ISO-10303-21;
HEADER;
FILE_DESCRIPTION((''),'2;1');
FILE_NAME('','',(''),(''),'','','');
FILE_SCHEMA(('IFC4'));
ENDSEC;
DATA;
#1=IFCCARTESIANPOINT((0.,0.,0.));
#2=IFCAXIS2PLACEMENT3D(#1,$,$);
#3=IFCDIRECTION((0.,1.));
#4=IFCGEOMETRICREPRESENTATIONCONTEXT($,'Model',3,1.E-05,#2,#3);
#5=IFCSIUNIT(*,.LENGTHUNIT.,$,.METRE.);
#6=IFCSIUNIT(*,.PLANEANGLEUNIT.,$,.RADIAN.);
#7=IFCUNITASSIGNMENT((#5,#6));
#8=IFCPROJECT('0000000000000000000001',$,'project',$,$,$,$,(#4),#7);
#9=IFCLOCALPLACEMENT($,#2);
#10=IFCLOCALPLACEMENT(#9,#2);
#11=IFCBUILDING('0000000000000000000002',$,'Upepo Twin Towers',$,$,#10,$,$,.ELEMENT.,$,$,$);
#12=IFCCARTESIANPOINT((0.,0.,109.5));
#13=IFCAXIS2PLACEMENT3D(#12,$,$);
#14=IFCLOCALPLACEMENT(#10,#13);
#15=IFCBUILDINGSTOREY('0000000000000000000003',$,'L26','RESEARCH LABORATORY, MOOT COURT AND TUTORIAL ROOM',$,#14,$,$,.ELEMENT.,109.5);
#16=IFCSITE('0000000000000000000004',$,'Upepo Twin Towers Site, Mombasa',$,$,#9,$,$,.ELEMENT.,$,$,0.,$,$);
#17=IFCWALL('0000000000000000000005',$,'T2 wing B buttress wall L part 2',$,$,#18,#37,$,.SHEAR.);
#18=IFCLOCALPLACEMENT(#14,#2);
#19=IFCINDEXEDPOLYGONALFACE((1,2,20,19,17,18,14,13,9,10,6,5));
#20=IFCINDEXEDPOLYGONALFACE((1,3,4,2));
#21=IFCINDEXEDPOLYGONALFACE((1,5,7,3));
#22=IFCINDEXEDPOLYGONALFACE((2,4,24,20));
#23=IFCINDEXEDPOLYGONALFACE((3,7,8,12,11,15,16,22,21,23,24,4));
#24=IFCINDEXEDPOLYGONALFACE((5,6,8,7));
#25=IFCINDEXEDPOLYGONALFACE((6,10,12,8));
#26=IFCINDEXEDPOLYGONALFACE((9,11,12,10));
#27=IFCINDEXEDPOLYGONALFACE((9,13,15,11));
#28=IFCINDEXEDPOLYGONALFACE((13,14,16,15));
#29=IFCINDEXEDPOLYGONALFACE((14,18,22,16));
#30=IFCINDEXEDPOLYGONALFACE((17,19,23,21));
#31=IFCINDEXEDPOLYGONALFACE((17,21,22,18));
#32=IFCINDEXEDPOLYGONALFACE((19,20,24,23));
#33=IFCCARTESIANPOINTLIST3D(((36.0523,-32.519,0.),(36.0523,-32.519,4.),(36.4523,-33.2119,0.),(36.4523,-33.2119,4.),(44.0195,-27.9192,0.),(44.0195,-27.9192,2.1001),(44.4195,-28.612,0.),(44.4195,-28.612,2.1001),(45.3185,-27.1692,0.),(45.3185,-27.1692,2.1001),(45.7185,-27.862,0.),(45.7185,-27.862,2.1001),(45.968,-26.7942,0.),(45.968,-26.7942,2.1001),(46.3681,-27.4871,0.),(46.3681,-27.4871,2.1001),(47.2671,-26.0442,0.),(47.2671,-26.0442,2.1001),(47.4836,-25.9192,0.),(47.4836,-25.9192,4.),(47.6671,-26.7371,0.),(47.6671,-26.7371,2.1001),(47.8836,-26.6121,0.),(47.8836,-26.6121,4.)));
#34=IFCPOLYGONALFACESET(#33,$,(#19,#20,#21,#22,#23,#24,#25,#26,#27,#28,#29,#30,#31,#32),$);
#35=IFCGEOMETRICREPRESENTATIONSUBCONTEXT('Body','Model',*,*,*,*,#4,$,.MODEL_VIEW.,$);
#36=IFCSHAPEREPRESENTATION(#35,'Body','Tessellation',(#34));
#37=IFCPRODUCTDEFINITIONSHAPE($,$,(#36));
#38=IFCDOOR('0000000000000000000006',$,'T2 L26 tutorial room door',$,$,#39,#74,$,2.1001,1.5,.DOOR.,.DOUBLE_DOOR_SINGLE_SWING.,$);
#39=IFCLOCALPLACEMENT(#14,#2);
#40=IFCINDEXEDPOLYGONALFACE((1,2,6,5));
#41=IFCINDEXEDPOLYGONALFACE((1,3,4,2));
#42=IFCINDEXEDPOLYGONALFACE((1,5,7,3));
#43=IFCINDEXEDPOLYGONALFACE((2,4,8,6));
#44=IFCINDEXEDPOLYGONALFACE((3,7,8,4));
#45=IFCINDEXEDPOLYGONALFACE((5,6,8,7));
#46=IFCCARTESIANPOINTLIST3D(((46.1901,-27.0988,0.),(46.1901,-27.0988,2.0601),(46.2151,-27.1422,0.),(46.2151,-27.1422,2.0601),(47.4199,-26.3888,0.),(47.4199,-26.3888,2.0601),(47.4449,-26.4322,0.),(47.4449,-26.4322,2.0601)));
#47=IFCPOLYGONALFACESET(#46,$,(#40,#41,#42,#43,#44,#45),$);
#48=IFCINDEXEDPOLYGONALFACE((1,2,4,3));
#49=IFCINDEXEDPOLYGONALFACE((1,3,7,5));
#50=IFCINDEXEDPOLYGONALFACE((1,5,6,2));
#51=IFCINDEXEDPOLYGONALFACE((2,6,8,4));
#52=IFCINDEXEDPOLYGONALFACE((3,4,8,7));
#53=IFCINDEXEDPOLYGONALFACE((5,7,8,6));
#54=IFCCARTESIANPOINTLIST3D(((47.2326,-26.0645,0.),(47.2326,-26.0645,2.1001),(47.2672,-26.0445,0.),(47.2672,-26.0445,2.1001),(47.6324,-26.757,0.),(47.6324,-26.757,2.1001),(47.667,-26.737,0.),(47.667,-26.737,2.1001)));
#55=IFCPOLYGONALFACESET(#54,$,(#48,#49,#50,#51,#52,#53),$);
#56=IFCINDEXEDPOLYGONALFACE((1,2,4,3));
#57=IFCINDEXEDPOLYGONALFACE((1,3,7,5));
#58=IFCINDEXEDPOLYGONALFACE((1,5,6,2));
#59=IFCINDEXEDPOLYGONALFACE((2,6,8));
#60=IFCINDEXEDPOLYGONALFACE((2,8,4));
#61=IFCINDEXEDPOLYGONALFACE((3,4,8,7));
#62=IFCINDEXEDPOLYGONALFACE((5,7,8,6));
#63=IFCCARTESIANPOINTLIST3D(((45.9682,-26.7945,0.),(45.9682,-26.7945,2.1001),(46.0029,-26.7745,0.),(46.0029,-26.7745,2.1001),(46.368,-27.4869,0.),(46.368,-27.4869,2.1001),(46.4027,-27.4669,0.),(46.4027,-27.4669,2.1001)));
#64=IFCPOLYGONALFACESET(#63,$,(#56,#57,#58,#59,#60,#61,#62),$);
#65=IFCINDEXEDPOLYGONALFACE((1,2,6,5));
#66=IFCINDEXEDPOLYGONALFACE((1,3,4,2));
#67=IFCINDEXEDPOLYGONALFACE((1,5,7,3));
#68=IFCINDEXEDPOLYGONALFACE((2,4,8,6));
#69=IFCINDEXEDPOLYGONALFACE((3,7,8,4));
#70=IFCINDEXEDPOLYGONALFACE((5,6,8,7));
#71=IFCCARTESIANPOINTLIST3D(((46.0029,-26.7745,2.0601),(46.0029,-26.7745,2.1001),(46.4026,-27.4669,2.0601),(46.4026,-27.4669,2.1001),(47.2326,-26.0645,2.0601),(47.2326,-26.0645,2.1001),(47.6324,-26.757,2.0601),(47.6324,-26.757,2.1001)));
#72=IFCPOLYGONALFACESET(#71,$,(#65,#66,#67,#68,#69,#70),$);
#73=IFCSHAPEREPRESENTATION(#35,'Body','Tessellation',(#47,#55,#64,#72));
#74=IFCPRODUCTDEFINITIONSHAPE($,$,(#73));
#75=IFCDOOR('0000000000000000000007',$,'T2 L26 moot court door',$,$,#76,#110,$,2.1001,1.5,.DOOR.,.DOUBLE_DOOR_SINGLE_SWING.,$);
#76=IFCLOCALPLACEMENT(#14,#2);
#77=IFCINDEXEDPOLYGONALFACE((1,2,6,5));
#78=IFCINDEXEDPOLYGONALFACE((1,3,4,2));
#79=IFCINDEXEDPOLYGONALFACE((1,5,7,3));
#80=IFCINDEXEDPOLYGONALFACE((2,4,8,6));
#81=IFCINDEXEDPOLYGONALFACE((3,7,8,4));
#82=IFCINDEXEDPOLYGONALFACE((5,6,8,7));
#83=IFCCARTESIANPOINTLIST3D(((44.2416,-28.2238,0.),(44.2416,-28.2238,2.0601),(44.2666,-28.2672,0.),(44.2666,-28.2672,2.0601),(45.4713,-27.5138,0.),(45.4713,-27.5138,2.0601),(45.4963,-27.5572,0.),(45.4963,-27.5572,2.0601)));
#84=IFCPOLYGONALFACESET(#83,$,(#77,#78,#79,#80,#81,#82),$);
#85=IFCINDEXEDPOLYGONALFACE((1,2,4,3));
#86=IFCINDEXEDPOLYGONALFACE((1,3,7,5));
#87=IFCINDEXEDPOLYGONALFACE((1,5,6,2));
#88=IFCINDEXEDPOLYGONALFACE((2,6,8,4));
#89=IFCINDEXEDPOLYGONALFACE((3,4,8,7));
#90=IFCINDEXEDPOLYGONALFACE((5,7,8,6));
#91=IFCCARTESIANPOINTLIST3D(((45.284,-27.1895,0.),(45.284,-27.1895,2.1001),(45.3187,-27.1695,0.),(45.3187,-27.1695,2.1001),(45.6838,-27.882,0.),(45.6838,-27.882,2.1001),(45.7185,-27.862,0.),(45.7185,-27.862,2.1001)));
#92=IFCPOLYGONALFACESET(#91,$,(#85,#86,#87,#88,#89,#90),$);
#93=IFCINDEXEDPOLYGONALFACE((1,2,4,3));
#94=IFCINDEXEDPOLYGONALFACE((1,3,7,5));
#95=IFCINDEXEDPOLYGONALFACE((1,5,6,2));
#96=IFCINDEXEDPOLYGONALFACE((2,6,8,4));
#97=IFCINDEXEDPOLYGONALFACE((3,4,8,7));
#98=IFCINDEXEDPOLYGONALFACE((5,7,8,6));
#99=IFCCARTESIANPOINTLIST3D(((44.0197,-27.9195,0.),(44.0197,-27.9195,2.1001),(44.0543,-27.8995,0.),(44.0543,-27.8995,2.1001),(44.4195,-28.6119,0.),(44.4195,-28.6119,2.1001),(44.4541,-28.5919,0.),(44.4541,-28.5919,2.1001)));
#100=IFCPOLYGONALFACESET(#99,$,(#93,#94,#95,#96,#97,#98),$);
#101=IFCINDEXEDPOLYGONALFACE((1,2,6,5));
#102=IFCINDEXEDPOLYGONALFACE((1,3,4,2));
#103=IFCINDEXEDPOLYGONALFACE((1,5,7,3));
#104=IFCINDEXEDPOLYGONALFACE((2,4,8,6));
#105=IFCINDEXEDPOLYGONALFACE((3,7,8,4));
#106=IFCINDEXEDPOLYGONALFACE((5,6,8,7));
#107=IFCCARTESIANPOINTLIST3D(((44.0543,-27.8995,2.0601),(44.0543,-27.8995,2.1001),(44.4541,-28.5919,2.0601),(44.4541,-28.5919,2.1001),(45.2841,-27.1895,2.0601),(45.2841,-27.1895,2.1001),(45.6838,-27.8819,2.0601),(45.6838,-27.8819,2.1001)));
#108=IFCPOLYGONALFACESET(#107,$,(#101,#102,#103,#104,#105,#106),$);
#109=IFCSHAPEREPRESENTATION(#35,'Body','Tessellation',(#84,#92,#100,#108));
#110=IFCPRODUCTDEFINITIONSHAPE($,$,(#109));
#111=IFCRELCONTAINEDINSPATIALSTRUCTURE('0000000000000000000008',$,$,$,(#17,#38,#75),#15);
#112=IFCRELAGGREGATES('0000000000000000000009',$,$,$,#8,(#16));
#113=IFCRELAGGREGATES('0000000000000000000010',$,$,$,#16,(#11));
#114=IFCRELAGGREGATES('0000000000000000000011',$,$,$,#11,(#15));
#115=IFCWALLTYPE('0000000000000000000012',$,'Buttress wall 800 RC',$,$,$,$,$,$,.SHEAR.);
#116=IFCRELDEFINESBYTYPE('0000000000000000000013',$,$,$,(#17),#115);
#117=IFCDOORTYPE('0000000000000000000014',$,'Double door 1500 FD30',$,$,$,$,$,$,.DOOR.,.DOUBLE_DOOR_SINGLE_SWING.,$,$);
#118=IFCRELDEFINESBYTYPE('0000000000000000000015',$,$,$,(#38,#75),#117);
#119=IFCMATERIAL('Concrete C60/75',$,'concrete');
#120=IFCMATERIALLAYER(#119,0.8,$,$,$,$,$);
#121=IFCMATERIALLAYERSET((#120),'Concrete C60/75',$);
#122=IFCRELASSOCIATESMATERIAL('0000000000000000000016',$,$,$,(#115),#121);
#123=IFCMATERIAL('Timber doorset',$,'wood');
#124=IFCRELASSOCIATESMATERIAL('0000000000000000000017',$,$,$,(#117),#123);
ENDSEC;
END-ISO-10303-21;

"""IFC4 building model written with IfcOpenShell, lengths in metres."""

from ifc_helpers import new_model, si_unit, direction, frame, frame_2d, origin, place, context, subcontext, project, spatial, rectangle, extrude, material, layer, layer_set, type_object, element, fill, save


model = new_model("IFC4")

# Units and contexts
model_context = context("Model", 3, precision=1e-05, world=origin(), true_north=direction((0.0, 1.0)))
body_context = subcontext(model_context, "Body", "Model", "MODEL_VIEW")
ifc_project = project(units=[si_unit("LENGTHUNIT", "METRE"), si_unit("PLANEANGLEUNIT", "RADIAN")], contexts=[model_context])

# Site, building, storey
site_placement = place(None, origin())
site = spatial("IfcSite", under=ifc_project, at=site_placement, Name="Upepo Twin Towers Site, Mombasa", CompositionType="ELEMENT", RefElevation=0.0)
building_placement = place(site_placement, origin())
building = spatial("IfcBuilding", under=site, at=building_placement, Name="Upepo Twin Towers", CompositionType="ELEMENT")
storey_placement = place(building_placement, frame((0.0, 0.0, 109.5)))
storey = spatial("IfcBuildingStorey", under=building, at=storey_placement, Name="L26", Description="RESEARCH LABORATORY, MOOT COURT AND TUTORIAL ROOM", CompositionType="ELEMENT", Elevation=109.5)

# Wall, openings, doors
ifc_material_1 = material(Name="Concrete C60/75", Category="concrete")
ifc_layer_1 = layer(ifc_material_1, 0.8)
ifc_layer_set_1 = layer_set([ifc_layer_1], Name="Concrete C60/75")
wall_type_1 = type_object("IfcWallType", Name="Buttress wall 800 RC", PredefinedType="SHEAR", material=ifc_layer_set_1)
wall_1_placement = place(storey_placement, frame((47.6836, -26.2656, 0.0), z_axis=(0.0, 0.0, 1.0), x_axis=(-0.866028, -0.499996, 0.0)))
wall_1 = element("IfcWall", 1, at=wall_1_placement, inside=storey, type_object=wall_type_1, Name="T2 wing B buttress wall L part 2", PredefinedType="SHEAR", context=body_context, shape_type="SweptSolid", body=[
    extrude(rectangle(XDim=13.1997, YDim=0.8, at=frame_2d((6.5999, 0.0))), origin(), (0.0, 0.0, 1.0), 4.0),
])
opening_1_placement = place(wall_1_placement, frame((0.25, 0.0, 0.0)))
opening_1 = element("IfcOpeningElement", 2, at=opening_1_placement, cuts=wall_1, PredefinedType="OPENING", context=body_context, shape_type="SweptSolid", body=[
    extrude(rectangle(XDim=1.5, YDim=2.1001, at=frame_2d((0.75, 1.05))), frame((0.0, 0.4099, 0.0), z_axis=(0.0, -1.0, 0.0), x_axis=(1.0, 0.0, 0.0)), (0.0, 0.0, 1.0), 0.8201),
])
opening_2_placement = place(wall_1_placement, frame((2.5, 0.0, 0.0)))
opening_2 = element("IfcOpeningElement", 3, at=opening_2_placement, cuts=wall_1, PredefinedType="OPENING", context=body_context, shape_type="SweptSolid", body=[
    extrude(rectangle(XDim=1.5, YDim=2.1001, at=frame_2d((0.75, 1.05))), frame((0.0, 0.4099, 0.0), z_axis=(0.0, -1.0, 0.0), x_axis=(1.0, 0.0, 0.0)), (0.0, 0.0, 1.0), 0.8201),
])
ifc_material_2 = material(Name="Timber doorset", Category="wood")
door_type_1 = type_object("IfcDoorType", Name="Double door 1500 FD30", OperationType="DOUBLE_DOOR_SINGLE_SWING", PredefinedType="DOOR", material=ifc_material_2)
door_1_placement = place(opening_1_placement, origin())
door_1 = element("IfcDoor", 4, at=door_1_placement, inside=storey, type_object=door_type_1, Name="T2 L26 tutorial room door", OperationType="DOUBLE_DOOR_SINGLE_SWING", OverallHeight=2.1001, OverallWidth=1.5, PredefinedType="DOOR", context=body_context, shape_type="SweptSolid", body=[
    extrude(rectangle(XDim=1.42, YDim=2.0601, at=frame_2d((0.75, 1.03))), frame((0.0, 0.0249, 0.0), z_axis=(0.0, -1.0, 0.0), x_axis=(1.0, 0.0, 0.0)), (0.0, 0.0, 1.0), 0.05),
    extrude(rectangle(XDim=0.04, YDim=2.1001, at=frame_2d((0.02, 1.05))), frame((0.0, 0.3999, 0.0), z_axis=(0.0, -1.0, 0.0), x_axis=(1.0, 0.0, 0.0)), (0.0, 0.0, 1.0), 0.7996),
    extrude(rectangle(XDim=0.04, YDim=2.1001, at=frame_2d((1.48, 1.05))), frame((0.0, 0.3999, 0.0), z_axis=(0.0, -1.0, 0.0), x_axis=(1.0, 0.0, 0.0)), (0.0, 0.0, 1.0), 0.7996),
    extrude(rectangle(XDim=1.42, YDim=0.04, at=frame_2d((0.75, 2.0801))), frame((0.0, 0.3999, 0.0), z_axis=(0.0, -1.0, 0.0), x_axis=(1.0, 0.0, 0.0)), (0.0, 0.0, 1.0), 0.7996),
])
fill(opening_1, door_1)
door_2_placement = place(opening_2_placement, origin())
door_2 = element("IfcDoor", 5, at=door_2_placement, inside=storey, type_object=door_type_1, Name="T2 L26 moot court door", OperationType="DOUBLE_DOOR_SINGLE_SWING", OverallHeight=2.1001, OverallWidth=1.5, PredefinedType="DOOR", context=body_context, shape_type="SweptSolid", body=[
    extrude(rectangle(XDim=1.42, YDim=2.0601, at=frame_2d((0.75, 1.03))), frame((0.0, 0.0249, 0.0), z_axis=(0.0, -1.0, 0.0), x_axis=(1.0, 0.0, 0.0)), (0.0, 0.0, 1.0), 0.05),
    extrude(rectangle(XDim=0.04, YDim=2.1001, at=frame_2d((0.02, 1.05))), frame((0.0, 0.3999, 0.0), z_axis=(0.0, -1.0, 0.0), x_axis=(1.0, 0.0, 0.0)), (0.0, 0.0, 1.0), 0.7996),
    extrude(rectangle(XDim=0.04, YDim=2.1001, at=frame_2d((1.48, 1.05))), frame((0.0, 0.3999, 0.0), z_axis=(0.0, -1.0, 0.0), x_axis=(1.0, 0.0, 0.0)), (0.0, 0.0, 1.0), 0.7996),
    extrude(rectangle(XDim=1.42, YDim=0.04, at=frame_2d((0.75, 2.0801))), frame((0.0, 0.3999, 0.0), z_axis=(0.0, -1.0, 0.0), x_axis=(1.0, 0.0, 0.0)), (0.0, 0.0, 1.0), 0.7996),
])
fill(opening_2, door_2)

save(model, "model.ifc")
